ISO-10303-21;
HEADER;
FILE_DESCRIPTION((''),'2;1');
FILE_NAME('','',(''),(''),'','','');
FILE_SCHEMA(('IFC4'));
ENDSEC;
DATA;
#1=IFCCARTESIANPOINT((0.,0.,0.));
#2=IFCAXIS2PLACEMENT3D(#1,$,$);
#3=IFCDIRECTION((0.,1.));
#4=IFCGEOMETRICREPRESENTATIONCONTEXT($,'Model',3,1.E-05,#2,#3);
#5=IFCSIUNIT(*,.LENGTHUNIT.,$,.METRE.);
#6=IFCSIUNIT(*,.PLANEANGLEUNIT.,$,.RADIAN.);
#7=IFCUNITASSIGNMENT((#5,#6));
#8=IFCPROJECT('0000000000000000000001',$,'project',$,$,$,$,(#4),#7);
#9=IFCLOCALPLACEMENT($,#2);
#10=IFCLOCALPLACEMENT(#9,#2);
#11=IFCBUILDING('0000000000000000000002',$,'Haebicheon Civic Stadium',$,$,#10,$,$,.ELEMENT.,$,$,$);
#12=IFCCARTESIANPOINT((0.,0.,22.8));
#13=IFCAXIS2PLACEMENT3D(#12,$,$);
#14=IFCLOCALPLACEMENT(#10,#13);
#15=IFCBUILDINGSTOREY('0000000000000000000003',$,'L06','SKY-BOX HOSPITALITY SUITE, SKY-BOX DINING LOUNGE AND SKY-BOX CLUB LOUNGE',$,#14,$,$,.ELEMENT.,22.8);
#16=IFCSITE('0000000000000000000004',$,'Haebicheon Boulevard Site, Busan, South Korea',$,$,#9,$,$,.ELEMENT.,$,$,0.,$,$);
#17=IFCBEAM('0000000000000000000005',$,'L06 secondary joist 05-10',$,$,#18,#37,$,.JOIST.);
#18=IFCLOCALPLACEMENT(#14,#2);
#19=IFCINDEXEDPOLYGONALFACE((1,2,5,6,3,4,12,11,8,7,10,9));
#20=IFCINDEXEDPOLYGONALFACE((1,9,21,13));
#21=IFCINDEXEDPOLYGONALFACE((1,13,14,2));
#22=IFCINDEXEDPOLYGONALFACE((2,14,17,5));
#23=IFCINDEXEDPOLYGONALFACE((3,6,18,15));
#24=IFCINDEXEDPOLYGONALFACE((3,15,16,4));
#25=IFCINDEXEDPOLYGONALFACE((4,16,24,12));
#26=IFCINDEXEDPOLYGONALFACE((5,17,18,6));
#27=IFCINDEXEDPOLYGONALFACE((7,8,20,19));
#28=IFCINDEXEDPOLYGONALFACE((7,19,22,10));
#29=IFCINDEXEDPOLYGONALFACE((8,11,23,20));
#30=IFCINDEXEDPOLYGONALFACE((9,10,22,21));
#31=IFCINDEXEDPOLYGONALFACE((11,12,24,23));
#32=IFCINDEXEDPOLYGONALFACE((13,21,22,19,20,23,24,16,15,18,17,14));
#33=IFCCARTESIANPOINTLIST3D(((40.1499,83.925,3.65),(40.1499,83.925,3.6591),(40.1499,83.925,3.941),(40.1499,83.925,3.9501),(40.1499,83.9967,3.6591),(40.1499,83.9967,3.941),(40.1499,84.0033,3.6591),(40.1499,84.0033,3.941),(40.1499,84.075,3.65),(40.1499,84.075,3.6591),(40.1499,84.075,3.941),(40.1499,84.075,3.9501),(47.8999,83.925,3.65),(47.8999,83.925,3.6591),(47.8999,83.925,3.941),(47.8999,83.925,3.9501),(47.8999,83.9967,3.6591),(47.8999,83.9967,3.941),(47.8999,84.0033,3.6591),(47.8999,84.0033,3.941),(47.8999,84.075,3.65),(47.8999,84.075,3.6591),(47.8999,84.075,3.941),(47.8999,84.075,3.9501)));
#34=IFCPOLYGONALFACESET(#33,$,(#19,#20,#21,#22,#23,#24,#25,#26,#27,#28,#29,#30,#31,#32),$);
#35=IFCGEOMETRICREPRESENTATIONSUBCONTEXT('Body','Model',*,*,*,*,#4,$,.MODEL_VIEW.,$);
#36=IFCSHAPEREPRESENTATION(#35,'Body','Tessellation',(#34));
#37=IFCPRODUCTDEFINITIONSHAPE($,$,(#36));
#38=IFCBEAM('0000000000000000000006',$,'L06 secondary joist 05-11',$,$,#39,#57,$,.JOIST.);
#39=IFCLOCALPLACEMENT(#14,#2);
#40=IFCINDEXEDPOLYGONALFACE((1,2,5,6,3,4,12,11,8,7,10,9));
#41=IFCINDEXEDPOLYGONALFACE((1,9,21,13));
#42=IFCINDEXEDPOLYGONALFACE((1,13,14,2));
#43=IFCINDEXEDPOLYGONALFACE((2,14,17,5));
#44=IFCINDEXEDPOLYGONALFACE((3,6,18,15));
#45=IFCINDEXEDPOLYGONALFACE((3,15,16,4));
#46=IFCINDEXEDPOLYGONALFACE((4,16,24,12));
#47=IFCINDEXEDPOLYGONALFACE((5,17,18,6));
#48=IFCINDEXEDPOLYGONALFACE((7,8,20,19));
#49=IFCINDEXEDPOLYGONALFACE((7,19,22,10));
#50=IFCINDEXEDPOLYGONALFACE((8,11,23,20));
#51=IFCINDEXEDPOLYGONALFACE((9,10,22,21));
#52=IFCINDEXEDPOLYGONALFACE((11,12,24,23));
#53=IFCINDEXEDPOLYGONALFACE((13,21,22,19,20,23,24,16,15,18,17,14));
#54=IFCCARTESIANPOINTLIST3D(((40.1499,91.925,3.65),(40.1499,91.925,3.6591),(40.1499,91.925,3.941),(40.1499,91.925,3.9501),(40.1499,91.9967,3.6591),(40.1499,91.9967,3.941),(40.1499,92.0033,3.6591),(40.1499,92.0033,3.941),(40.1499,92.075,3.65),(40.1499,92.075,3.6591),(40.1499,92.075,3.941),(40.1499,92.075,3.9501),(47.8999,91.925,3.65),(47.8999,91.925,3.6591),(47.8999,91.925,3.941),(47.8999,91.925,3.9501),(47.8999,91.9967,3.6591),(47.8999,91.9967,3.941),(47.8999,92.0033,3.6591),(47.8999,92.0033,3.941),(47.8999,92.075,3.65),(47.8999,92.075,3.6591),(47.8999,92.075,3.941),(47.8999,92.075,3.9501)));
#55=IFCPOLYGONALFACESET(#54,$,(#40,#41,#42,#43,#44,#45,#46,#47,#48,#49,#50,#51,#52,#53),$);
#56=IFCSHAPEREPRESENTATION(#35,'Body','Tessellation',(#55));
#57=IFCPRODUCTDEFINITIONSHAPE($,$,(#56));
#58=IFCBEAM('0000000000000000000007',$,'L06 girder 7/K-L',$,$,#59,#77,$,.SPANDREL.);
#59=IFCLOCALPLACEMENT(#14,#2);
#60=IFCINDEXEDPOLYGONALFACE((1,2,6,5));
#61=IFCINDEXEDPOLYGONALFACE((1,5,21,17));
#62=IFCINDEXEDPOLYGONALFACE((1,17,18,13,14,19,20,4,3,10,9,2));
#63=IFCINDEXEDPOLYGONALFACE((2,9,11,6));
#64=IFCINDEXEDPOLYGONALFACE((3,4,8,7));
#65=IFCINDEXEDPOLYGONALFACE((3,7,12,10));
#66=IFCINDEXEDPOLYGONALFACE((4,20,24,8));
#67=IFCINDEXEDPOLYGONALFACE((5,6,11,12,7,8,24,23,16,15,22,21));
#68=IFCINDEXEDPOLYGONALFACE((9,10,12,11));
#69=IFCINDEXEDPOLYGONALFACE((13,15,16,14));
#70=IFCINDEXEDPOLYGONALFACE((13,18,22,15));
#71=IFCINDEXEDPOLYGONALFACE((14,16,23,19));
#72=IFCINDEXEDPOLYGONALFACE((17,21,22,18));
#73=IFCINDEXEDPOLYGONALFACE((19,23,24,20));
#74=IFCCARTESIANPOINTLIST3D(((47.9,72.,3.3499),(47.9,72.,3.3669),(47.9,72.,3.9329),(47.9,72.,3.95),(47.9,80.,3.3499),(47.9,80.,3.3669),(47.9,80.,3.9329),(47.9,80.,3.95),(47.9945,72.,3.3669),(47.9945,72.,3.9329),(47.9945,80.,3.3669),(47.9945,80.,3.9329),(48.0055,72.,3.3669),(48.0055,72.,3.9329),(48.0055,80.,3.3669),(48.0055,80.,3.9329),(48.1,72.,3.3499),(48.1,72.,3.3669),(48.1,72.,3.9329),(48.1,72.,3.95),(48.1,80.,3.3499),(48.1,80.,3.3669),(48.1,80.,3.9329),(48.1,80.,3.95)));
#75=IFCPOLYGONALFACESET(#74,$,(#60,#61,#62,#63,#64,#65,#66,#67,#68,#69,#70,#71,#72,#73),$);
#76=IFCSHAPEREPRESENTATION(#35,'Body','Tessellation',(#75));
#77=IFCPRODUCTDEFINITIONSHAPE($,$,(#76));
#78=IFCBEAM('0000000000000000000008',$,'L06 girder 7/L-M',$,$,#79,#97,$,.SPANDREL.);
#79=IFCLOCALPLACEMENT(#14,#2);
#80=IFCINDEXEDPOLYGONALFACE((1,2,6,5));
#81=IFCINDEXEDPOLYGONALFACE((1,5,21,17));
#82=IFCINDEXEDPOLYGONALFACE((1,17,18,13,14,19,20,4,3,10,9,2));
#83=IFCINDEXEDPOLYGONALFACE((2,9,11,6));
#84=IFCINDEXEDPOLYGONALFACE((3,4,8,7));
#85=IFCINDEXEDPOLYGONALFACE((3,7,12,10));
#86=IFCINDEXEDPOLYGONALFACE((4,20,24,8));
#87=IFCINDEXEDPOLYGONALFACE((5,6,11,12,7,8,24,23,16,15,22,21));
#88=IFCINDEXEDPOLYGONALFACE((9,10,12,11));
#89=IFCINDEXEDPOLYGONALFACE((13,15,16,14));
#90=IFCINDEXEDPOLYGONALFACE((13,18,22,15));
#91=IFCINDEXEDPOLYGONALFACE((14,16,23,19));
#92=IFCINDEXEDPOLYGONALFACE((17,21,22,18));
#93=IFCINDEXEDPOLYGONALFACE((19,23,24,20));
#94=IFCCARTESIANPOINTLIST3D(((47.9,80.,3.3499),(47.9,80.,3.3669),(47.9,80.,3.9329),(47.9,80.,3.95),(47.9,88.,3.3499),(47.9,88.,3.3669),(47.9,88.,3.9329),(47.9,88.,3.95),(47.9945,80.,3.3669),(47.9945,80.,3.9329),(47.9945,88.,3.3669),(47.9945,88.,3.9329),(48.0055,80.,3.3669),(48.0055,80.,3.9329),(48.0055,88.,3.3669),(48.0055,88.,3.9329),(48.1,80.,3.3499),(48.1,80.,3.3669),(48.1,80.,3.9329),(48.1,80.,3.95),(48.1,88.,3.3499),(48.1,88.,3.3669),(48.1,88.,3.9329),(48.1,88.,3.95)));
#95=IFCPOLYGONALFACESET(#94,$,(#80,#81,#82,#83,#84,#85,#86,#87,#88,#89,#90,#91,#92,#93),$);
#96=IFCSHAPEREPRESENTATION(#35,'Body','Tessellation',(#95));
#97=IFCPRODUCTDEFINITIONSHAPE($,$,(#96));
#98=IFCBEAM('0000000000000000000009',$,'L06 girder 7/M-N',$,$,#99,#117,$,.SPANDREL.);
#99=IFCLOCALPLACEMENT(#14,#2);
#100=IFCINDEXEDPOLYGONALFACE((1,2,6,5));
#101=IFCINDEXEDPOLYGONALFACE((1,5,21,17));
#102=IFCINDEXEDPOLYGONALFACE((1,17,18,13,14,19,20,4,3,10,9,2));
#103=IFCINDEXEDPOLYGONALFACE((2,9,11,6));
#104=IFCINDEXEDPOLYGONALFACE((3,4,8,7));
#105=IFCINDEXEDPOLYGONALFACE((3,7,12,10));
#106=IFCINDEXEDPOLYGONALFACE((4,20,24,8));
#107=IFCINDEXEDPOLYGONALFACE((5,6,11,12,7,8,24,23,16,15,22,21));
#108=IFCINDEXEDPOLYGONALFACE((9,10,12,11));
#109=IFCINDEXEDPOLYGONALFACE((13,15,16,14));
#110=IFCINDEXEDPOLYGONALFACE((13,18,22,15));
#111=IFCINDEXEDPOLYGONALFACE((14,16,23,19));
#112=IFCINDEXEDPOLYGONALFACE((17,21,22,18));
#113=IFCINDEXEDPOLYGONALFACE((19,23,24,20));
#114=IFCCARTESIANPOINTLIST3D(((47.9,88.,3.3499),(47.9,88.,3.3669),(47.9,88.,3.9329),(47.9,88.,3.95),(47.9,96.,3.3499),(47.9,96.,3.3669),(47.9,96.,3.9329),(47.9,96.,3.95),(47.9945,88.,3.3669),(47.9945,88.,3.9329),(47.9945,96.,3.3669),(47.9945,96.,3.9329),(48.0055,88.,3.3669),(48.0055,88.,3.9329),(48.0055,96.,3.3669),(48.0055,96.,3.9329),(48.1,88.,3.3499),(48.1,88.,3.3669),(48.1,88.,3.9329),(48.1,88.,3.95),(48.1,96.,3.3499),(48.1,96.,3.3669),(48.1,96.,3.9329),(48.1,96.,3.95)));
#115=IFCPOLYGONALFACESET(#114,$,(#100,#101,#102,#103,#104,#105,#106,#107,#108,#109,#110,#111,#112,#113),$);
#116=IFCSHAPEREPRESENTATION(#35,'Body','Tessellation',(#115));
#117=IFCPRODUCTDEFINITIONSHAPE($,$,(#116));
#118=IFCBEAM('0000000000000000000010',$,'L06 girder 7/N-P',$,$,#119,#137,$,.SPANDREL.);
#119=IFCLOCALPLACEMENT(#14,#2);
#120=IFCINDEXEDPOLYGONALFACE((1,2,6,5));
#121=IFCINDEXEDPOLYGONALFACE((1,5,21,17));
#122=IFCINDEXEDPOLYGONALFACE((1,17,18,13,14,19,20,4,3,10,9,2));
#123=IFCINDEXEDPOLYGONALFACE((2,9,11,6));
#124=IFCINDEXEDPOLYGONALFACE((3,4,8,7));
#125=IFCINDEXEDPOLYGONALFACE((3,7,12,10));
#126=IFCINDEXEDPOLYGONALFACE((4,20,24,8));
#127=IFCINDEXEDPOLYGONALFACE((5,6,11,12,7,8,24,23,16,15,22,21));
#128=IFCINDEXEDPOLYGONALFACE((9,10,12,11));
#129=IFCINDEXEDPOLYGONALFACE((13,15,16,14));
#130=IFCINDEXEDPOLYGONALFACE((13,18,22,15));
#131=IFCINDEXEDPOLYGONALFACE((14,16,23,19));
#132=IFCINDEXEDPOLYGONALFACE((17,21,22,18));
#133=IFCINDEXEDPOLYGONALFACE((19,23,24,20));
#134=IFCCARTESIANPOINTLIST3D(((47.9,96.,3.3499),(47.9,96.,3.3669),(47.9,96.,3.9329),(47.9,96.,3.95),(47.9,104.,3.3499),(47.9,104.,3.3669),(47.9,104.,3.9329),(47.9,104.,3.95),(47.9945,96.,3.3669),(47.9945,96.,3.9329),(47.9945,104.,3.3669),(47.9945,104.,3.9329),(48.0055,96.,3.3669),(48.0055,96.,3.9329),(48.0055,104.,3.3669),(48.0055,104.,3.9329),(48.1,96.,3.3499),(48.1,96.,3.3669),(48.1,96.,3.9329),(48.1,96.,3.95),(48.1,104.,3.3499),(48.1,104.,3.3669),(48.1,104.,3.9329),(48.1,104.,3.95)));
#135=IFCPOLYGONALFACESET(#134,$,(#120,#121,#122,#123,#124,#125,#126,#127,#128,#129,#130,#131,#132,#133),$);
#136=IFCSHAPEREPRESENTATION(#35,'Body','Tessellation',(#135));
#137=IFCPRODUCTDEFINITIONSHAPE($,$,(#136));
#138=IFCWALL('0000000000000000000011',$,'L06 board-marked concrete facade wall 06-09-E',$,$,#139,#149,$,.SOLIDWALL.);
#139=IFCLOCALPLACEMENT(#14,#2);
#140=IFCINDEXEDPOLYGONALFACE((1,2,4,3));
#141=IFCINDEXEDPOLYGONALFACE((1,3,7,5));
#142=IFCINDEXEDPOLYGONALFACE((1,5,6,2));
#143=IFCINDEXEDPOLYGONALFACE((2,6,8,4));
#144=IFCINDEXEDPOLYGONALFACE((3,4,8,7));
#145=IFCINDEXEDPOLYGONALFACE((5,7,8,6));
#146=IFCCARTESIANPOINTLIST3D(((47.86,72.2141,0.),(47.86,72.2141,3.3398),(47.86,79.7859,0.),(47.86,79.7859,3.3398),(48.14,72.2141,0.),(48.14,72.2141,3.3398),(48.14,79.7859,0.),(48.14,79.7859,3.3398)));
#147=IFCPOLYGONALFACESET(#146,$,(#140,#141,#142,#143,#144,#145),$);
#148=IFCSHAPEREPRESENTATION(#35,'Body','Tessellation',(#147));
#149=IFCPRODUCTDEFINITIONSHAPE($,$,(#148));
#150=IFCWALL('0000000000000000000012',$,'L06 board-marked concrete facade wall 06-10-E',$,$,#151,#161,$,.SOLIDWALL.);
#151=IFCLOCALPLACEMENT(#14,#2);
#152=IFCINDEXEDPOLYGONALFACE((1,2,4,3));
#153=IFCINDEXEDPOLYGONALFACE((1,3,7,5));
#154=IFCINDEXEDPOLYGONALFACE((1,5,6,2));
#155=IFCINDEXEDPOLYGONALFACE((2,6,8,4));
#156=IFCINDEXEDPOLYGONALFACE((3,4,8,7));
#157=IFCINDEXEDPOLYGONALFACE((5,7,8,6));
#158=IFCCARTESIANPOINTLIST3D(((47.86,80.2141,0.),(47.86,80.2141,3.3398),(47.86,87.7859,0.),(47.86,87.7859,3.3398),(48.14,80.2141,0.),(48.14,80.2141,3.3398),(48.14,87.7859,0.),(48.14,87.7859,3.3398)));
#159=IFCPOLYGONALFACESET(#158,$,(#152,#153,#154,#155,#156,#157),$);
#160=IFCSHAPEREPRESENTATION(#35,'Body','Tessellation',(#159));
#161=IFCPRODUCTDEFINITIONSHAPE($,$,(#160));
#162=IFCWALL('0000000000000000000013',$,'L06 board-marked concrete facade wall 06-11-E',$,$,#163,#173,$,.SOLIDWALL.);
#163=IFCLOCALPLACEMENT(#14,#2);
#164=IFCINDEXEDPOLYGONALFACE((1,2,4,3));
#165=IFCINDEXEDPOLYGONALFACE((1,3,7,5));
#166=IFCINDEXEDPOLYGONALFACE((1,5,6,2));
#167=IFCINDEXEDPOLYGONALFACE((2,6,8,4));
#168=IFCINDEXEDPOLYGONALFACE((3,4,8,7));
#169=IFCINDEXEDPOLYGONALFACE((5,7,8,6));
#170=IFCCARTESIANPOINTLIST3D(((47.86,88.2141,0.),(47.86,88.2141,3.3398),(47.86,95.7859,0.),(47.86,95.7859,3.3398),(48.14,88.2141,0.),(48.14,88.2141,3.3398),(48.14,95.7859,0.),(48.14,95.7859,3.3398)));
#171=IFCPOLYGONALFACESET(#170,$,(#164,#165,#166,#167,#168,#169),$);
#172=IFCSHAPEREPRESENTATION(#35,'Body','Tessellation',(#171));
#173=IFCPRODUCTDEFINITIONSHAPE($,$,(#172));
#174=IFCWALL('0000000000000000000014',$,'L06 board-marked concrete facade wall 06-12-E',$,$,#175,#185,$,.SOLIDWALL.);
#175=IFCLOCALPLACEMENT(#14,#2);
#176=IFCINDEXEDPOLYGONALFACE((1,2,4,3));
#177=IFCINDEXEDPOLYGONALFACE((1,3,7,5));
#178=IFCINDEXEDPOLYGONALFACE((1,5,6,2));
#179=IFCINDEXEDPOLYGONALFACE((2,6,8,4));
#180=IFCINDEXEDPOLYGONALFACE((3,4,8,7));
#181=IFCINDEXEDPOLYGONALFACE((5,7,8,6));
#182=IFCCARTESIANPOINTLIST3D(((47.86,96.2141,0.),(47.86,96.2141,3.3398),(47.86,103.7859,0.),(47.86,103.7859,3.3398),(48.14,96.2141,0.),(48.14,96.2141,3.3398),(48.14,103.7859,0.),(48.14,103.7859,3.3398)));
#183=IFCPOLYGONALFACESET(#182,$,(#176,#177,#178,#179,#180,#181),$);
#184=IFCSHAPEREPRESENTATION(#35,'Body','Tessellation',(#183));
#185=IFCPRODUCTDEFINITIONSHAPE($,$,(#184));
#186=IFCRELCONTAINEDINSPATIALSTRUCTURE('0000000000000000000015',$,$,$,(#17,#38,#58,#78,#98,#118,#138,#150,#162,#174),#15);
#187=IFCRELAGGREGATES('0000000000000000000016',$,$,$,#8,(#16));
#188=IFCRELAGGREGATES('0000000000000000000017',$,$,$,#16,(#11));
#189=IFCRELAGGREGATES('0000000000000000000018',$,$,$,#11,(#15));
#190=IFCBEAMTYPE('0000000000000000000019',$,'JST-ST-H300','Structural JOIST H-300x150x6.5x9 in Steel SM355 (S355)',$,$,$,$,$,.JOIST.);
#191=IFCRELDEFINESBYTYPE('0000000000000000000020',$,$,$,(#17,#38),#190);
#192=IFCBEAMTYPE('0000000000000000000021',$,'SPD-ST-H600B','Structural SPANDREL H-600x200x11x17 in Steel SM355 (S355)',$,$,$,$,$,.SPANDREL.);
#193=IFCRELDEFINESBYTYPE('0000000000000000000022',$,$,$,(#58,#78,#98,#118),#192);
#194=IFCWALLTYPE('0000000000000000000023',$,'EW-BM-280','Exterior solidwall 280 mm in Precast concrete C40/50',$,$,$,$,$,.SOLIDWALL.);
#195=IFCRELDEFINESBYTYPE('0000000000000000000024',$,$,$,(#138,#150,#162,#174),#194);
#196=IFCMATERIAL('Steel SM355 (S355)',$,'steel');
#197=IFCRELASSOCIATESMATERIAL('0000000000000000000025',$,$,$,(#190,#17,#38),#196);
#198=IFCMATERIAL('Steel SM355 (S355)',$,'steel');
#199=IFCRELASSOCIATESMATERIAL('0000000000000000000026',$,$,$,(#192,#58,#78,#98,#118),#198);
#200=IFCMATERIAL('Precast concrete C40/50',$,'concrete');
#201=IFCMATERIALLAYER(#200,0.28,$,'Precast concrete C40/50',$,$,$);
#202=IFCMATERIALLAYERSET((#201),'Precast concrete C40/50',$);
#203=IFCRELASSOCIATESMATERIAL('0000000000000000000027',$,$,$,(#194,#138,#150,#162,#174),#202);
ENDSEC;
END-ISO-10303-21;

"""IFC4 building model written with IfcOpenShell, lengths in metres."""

from ifc_helpers import new_model, si_unit, direction, frame, frame_2d, origin, origin_2d, place, context, subcontext, project, spatial, rectangle, i_section, extrude, material, layer, layer_set, material_profile, profile_set, type_object, element, save


model = new_model("IFC4")

# Units and contexts
model_context = context("Model", 3, precision=1e-05, world=origin(), true_north=direction((0.0, 1.0)))
body_context = subcontext(model_context, "Body", "Model", "MODEL_VIEW")
ifc_project = project(units=[si_unit("LENGTHUNIT", "METRE"), si_unit("PLANEANGLEUNIT", "RADIAN")], contexts=[model_context])

# Site, building, storey
site_placement = place(None, origin())
site = spatial("IfcSite", under=ifc_project, at=site_placement, Name="Haebicheon Boulevard Site, Busan, South Korea", CompositionType="ELEMENT", RefElevation=0.0)
building_placement = place(site_placement, origin())
building = spatial("IfcBuilding", under=site, at=building_placement, Name="Haebicheon Civic Stadium", CompositionType="ELEMENT")
storey_placement = place(building_placement, frame((0.0, 0.0, 22.8)))
storey = spatial("IfcBuildingStorey", under=building, at=storey_placement, Name="L06", Description="SKY-BOX HOSPITALITY SUITE, SKY-BOX DINING LOUNGE AND SKY-BOX CLUB LOUNGE", CompositionType="ELEMENT", Elevation=22.8)

# Beams
ifc_material_1 = material(Name="Steel SM355 (S355)", Category="steel")
ifc_material_profile_1 = material_profile(ifc_material_1, i_section(OverallWidth=0.1499, OverallDepth=0.3, WebThickness=0.0066, FlangeThickness=0.009, at=origin_2d()), Name="H-300x150x6.5x9")
ifc_profile_set_1 = profile_set([ifc_material_profile_1], Name="Steel SM355 (S355)")
beam_type_1 = type_object("IfcBeamType", Name="JST-ST-H300", Description="Structural JOIST H-300x150x6.5x9 in Steel SM355 (S355)", PredefinedType="JOIST", material=ifc_profile_set_1)
for number, where, z_axis, x_axis, name in (
    (1, (40.1499, 84.0, 3.8), (1.0, 0.0, 0.0), (0.0, 1.0, 0.0), "L06 secondary joist 05-10"),
    (2, (40.1499, 92.0, 3.8), (1.0, 0.0, 0.0), (0.0, 1.0, 0.0), "L06 secondary joist 05-11"),
):
    element("IfcBeam", number, at=place(storey_placement, frame(where, z_axis=z_axis, x_axis=x_axis)), inside=storey, type_object=beam_type_1, material=ifc_profile_set_1, Name=name, PredefinedType="JOIST", context=body_context, shape_type="SweptSolid", body=[
        extrude(i_section(OverallWidth=0.1499, OverallDepth=0.3, WebThickness=0.0066, FlangeThickness=0.009, at=origin_2d()), origin(), (0.0, 0.0, 1.0), 7.75),
    ])
ifc_material_2 = material(Name="Steel SM355 (S355)", Category="steel")
ifc_material_profile_2 = material_profile(ifc_material_2, i_section(OverallWidth=0.2, OverallDepth=0.6001, WebThickness=0.011, FlangeThickness=0.0171, at=origin_2d()), Name="H-600x200x11x17")
ifc_profile_set_2 = profile_set([ifc_material_profile_2], Name="Steel SM355 (S355)")
beam_type_2 = type_object("IfcBeamType", Name="SPD-ST-H600B", Description="Structural SPANDREL H-600x200x11x17 in Steel SM355 (S355)", PredefinedType="SPANDREL", material=ifc_profile_set_2)
for number, where, z_axis, x_axis, name in (
    (3, (48.0, 72.0, 3.6499), (0.0, 1.0, 0.0), (-1.0, 0.0, 0.0), "L06 girder 7/K-L"),
    (4, (48.0, 80.0, 3.6499), (0.0, 1.0, 0.0), (-1.0, 0.0, 0.0), "L06 girder 7/L-M"),
    (5, (48.0, 88.0, 3.6499), (0.0, 1.0, 0.0), (-1.0, 0.0, 0.0), "L06 girder 7/M-N"),
    (6, (48.0, 96.0, 3.6499), (0.0, 1.0, 0.0), (-1.0, 0.0, 0.0), "L06 girder 7/N-P"),
):
    element("IfcBeam", number, at=place(storey_placement, frame(where, z_axis=z_axis, x_axis=x_axis)), inside=storey, type_object=beam_type_2, material=ifc_profile_set_2, Name=name, PredefinedType="SPANDREL", context=body_context, shape_type="SweptSolid", body=[
        extrude(i_section(OverallWidth=0.2, OverallDepth=0.6001, WebThickness=0.011, FlangeThickness=0.0171, at=origin_2d()), origin(), (0.0, 0.0, 1.0), 8.0),
    ])

# Walls
ifc_material_3 = material(Name="Precast concrete C40/50", Category="concrete")
ifc_layer = layer(ifc_material_3, 0.28, Name="Precast concrete C40/50")
ifc_layer_set = layer_set([ifc_layer], Name="Precast concrete C40/50")
wall_type = type_object("IfcWallType", Name="EW-BM-280", Description="Exterior solidwall 280 mm in Precast concrete C40/50", PredefinedType="SOLIDWALL", material=ifc_layer_set)
for number, where, z_axis, x_axis, name in (
    (7, (48.0, 72.2141, 0.0), (0.0, 0.0, 1.0), (0.0, 1.0, 0.0), "L06 board-marked concrete facade wall 06-09-E"),
    (8, (48.0, 80.2141, 0.0), (0.0, 0.0, 1.0), (0.0, 1.0, 0.0), "L06 board-marked concrete facade wall 06-10-E"),
    (9, (48.0, 88.2141, 0.0), (0.0, 0.0, 1.0), (0.0, 1.0, 0.0), "L06 board-marked concrete facade wall 06-11-E"),
    (10, (48.0, 96.2141, 0.0), (0.0, 0.0, 1.0), (0.0, 1.0, 0.0), "L06 board-marked concrete facade wall 06-12-E"),
):
    element("IfcWall", number, at=place(storey_placement, frame(where, z_axis=z_axis, x_axis=x_axis)), inside=storey, type_object=wall_type, material=ifc_layer_set, Name=name, PredefinedType="SOLIDWALL", context=body_context, shape_type="SweptSolid", body=[
        extrude(rectangle(XDim=7.5718, YDim=0.28, at=frame_2d((3.7859, 0.0))), origin(), (0.0, 0.0, 1.0), 3.3398),
    ])

save(model, "model.ifc")
